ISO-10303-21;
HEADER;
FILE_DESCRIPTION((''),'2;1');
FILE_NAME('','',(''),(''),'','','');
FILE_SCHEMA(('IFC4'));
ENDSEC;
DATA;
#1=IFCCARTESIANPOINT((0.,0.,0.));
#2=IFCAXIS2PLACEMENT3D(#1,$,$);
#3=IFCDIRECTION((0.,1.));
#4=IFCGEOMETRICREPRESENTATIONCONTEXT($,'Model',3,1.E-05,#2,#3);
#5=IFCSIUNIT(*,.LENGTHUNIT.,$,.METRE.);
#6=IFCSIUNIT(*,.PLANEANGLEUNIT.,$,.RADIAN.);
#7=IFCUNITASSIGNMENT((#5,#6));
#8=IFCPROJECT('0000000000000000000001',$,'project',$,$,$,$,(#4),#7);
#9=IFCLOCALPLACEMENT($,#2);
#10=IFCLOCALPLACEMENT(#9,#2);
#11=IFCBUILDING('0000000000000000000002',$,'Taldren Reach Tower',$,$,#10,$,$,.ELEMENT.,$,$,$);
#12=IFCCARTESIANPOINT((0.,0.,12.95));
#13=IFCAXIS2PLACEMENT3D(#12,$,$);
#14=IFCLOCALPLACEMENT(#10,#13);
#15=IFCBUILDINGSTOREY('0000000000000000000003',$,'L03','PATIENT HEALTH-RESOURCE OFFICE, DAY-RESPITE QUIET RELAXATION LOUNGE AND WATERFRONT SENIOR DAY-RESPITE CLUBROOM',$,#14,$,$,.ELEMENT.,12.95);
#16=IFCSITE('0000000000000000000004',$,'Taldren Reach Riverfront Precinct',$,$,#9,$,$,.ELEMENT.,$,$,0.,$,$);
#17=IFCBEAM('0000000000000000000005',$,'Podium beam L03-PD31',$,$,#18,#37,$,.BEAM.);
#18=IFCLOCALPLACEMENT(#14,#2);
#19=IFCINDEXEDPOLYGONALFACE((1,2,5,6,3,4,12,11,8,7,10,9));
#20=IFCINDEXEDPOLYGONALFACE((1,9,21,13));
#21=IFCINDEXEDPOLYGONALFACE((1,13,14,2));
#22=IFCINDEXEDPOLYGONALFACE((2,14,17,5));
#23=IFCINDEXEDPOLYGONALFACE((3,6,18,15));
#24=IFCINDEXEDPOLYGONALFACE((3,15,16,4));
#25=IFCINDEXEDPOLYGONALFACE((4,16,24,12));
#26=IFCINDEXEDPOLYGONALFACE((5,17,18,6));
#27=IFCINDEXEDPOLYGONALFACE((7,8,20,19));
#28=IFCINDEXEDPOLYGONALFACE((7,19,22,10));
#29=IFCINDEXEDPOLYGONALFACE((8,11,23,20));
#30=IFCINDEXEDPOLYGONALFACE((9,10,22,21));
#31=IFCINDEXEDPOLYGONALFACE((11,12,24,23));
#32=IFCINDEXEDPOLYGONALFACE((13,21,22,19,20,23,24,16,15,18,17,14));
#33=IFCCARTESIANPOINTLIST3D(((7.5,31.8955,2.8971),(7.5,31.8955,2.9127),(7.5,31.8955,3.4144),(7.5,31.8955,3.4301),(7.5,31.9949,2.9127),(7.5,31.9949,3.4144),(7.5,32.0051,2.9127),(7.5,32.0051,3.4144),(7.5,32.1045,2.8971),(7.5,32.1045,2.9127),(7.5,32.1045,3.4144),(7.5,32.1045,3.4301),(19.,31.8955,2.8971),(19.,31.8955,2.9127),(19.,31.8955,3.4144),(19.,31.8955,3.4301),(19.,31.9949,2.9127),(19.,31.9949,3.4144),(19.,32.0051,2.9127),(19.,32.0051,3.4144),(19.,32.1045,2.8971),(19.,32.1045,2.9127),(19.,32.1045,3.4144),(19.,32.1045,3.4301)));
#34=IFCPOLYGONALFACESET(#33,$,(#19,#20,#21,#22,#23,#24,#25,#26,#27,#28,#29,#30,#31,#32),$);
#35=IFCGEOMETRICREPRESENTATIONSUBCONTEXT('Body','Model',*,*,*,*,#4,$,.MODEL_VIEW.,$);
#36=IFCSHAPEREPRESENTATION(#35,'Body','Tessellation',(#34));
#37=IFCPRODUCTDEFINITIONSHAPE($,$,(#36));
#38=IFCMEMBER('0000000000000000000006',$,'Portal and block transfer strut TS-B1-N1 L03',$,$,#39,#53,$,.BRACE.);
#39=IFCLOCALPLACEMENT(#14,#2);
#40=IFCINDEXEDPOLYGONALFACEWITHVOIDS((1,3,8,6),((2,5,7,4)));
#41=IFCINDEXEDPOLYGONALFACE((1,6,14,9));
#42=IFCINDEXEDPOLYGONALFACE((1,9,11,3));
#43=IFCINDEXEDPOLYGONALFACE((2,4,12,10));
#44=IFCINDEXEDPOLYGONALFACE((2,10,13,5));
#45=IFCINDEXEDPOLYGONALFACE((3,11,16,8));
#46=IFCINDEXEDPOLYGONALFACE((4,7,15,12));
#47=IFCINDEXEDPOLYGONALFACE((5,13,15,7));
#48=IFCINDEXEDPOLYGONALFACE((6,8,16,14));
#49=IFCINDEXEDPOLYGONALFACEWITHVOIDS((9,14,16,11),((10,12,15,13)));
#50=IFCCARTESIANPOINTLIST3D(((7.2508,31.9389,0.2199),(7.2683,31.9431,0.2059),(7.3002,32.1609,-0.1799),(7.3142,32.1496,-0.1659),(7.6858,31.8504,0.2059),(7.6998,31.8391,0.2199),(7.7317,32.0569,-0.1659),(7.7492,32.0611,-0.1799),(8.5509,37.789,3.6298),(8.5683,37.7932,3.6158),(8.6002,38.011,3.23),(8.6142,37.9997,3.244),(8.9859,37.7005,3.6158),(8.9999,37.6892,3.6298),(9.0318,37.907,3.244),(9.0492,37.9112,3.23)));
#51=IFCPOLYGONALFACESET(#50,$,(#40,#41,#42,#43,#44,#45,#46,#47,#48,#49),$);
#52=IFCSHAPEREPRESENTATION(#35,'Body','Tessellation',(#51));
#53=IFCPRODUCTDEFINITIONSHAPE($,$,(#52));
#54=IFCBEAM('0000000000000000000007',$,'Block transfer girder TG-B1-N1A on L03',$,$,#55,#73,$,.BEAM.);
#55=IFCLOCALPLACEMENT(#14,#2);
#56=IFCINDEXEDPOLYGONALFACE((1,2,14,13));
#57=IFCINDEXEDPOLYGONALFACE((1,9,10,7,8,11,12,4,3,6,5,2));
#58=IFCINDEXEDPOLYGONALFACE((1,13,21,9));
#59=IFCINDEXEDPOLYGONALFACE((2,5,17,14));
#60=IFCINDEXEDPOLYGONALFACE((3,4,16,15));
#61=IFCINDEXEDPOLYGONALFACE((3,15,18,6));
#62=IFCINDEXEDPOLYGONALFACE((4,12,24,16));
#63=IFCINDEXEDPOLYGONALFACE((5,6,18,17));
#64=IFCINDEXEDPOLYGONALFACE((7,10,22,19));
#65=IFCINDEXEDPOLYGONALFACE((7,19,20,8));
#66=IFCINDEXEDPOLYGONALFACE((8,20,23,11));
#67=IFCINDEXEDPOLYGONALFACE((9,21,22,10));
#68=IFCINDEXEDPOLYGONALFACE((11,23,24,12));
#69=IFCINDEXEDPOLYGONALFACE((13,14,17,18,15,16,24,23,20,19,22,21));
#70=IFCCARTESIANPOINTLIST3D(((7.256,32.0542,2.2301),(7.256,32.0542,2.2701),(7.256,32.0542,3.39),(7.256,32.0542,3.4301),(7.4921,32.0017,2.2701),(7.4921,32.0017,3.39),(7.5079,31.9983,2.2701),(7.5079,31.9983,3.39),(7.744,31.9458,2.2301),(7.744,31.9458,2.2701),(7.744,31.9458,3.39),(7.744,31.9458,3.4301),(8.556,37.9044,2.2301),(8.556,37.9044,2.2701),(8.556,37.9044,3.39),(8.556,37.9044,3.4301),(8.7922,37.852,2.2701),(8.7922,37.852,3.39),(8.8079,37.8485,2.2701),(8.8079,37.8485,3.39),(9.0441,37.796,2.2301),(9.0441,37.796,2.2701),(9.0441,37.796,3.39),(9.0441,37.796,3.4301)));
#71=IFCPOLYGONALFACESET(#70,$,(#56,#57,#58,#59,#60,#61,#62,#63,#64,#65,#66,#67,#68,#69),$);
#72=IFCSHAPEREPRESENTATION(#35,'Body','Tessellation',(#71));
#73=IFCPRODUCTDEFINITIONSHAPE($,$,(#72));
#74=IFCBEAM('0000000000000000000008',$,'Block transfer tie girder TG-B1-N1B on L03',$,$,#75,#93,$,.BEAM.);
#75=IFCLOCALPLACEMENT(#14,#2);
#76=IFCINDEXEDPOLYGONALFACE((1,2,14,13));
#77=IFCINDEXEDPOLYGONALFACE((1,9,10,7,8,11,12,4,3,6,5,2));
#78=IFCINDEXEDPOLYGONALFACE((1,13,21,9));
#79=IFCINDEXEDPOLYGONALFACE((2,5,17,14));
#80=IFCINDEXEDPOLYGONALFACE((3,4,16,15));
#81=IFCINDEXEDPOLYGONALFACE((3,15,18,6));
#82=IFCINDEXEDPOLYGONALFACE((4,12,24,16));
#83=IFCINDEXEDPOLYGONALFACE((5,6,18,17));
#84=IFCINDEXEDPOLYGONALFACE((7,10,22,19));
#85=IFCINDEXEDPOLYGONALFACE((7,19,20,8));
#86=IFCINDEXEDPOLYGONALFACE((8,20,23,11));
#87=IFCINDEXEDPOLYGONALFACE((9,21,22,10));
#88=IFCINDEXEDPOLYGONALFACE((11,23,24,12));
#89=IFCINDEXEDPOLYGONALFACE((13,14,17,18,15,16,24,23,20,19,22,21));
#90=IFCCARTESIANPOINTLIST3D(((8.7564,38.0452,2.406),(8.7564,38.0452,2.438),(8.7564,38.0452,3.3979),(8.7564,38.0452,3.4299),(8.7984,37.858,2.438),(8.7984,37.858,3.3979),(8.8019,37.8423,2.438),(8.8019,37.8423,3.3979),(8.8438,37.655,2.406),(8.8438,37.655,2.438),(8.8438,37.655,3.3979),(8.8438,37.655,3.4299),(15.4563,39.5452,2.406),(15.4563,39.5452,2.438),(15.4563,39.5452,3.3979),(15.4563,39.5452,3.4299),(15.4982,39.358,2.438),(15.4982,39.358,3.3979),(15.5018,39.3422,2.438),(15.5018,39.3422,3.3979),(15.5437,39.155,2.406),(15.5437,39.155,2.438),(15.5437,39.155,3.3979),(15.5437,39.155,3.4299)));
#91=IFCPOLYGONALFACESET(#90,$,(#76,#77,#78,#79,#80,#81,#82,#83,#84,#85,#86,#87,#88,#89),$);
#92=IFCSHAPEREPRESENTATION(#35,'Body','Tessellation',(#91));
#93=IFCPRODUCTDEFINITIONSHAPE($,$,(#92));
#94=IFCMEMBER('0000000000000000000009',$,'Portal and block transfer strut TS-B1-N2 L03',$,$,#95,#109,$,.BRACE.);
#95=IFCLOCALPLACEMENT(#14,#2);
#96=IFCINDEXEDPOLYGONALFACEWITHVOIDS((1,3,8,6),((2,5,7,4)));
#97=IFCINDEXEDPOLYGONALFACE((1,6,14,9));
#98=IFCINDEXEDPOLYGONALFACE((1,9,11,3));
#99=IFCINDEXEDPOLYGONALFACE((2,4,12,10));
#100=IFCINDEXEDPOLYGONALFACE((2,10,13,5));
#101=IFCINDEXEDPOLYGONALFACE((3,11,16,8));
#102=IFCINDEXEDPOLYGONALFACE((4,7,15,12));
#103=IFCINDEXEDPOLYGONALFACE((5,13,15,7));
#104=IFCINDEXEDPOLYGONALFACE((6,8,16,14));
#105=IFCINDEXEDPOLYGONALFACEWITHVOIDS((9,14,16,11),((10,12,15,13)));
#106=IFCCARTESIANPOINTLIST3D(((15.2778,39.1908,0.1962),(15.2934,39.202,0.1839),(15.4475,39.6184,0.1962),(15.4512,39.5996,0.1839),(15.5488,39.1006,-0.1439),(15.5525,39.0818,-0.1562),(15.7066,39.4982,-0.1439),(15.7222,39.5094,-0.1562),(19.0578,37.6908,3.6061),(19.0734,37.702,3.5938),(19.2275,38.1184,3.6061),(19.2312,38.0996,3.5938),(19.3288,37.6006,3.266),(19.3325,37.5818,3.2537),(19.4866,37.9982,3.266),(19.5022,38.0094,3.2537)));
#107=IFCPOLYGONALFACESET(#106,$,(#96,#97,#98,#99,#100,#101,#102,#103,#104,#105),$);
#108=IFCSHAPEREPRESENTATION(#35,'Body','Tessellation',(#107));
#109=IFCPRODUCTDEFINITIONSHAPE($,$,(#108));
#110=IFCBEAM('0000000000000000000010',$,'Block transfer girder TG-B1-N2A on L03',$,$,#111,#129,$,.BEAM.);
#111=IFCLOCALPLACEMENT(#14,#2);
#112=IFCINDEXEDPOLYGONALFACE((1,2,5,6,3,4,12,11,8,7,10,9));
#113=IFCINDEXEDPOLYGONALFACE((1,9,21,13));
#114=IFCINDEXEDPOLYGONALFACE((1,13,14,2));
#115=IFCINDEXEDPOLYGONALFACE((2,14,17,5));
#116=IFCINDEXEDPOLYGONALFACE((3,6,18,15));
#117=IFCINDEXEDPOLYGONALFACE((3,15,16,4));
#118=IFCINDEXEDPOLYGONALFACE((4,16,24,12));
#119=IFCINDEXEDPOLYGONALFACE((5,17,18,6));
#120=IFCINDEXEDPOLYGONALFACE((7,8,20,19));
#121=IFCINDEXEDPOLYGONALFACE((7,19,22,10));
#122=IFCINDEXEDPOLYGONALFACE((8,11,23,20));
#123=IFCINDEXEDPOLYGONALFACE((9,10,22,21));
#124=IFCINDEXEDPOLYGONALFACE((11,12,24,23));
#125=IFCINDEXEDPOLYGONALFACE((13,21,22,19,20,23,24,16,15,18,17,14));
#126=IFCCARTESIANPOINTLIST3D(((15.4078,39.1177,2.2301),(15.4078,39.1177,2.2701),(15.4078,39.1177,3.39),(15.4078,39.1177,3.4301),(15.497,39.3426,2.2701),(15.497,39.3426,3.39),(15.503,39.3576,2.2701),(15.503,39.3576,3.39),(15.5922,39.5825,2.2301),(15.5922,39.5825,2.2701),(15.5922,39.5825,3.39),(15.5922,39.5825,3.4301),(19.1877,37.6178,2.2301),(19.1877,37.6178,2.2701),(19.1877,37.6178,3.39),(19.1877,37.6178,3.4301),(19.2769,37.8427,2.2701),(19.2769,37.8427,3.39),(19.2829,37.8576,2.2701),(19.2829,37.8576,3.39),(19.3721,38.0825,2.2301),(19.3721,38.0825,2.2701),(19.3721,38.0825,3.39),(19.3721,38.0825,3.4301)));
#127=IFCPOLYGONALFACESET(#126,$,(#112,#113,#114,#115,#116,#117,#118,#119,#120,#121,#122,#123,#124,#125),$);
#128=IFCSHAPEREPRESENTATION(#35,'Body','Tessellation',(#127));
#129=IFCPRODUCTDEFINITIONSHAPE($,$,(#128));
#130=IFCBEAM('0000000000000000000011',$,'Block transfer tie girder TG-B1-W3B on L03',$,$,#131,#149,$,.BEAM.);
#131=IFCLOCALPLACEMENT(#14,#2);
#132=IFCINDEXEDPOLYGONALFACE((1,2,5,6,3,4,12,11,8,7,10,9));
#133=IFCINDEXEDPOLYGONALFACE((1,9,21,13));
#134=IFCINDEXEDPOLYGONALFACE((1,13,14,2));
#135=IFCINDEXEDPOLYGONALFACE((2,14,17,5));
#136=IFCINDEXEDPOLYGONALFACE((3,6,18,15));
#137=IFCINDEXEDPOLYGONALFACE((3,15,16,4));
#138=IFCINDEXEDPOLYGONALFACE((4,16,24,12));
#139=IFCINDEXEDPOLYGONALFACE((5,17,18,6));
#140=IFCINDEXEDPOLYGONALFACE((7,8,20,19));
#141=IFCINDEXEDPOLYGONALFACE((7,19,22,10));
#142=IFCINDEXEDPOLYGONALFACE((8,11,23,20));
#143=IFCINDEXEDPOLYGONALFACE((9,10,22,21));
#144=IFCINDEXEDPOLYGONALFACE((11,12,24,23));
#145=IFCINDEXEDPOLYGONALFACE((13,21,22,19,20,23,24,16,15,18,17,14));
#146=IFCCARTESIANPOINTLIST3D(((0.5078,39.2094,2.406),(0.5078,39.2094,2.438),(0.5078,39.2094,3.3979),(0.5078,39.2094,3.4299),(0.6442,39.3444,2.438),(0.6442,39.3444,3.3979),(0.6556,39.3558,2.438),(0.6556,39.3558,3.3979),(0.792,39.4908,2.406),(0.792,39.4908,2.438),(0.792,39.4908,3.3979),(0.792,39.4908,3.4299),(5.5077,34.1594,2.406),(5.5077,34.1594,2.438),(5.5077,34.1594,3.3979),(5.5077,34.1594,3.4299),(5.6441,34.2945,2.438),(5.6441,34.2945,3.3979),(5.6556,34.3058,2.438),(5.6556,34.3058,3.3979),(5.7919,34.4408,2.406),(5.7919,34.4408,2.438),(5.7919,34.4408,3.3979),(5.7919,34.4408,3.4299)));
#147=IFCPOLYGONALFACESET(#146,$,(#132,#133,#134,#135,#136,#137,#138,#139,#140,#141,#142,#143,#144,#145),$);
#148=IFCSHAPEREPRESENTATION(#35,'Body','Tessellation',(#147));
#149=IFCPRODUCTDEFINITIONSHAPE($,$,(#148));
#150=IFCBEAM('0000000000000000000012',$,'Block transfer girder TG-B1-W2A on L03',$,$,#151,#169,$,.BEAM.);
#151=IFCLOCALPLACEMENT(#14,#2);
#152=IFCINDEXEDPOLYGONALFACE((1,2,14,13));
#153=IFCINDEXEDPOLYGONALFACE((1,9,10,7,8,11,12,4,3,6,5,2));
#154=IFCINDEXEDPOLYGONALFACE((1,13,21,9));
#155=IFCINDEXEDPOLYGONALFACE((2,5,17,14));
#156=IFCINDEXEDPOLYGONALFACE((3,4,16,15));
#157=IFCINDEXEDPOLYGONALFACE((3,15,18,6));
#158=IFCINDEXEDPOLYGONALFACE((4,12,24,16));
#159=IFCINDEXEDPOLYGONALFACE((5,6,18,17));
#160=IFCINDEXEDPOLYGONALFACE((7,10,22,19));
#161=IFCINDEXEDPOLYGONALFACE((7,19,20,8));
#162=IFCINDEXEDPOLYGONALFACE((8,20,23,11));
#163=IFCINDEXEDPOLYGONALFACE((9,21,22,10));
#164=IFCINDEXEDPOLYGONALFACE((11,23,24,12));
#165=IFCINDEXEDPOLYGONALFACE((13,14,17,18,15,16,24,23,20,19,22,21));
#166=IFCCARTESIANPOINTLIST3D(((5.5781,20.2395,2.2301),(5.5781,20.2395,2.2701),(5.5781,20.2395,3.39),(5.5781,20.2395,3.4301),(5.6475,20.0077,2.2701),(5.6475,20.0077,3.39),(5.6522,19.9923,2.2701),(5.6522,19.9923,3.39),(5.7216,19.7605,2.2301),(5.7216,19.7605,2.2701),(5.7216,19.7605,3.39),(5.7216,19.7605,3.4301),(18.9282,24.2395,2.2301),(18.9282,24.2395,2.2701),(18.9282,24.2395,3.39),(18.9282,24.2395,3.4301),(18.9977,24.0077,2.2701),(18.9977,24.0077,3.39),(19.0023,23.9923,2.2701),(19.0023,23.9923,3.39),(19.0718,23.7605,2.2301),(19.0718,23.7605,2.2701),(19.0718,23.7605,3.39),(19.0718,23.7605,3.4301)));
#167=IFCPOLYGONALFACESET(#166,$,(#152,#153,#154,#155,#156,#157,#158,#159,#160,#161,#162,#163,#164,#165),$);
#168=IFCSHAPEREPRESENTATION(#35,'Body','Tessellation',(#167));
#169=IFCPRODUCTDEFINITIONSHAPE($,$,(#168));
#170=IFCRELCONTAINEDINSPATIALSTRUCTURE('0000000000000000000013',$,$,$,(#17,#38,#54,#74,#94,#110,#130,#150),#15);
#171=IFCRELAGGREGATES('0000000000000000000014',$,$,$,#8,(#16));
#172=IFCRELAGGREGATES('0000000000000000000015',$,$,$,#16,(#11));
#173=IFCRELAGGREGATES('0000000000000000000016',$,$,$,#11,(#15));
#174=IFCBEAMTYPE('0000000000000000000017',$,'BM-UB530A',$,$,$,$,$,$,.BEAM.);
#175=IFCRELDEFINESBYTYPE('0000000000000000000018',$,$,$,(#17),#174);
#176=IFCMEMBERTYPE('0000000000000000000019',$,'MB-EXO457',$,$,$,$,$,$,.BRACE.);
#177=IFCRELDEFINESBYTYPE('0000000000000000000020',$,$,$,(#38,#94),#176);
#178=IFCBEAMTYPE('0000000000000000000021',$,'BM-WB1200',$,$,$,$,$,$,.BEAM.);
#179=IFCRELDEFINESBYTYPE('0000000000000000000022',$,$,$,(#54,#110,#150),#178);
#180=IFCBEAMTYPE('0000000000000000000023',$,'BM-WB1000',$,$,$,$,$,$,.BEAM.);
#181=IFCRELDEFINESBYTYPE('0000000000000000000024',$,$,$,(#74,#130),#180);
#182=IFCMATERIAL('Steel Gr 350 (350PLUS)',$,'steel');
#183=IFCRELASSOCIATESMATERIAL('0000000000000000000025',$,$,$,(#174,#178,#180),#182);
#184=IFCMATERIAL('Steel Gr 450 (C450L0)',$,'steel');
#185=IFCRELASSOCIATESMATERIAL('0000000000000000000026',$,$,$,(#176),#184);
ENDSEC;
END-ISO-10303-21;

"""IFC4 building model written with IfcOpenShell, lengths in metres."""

from ifc_helpers import new_model, si_unit, direction, frame, origin, origin_2d, place, context, subcontext, project, spatial, hollow_rectangle, i_section, extrude, source, transform, mapped, material, material_profile, profile_set, type_object, element, save


model = new_model("IFC4")

# Units and contexts
model_context = context("Model", 3, precision=1e-05, world=origin(), true_north=direction((0.0, 1.0)))
body_context = subcontext(model_context, "Body", "Model", "MODEL_VIEW")
ifc_project = project(units=[si_unit("LENGTHUNIT", "METRE"), si_unit("PLANEANGLEUNIT", "RADIAN")], contexts=[model_context])

# Site, building, storey
site_placement = place(None, origin())
site = spatial("IfcSite", under=ifc_project, at=site_placement, Name="Taldren Reach Riverfront Precinct", CompositionType="ELEMENT", RefElevation=0.0)
building_placement = place(site_placement, origin())
building = spatial("IfcBuilding", under=site, at=building_placement, Name="Taldren Reach Tower", CompositionType="ELEMENT")
storey_placement = place(building_placement, frame((0.0, 0.0, 12.95)))
storey = spatial("IfcBuildingStorey", under=building, at=storey_placement, Name="L03", Description="PATIENT HEALTH-RESOURCE OFFICE, DAY-RESPITE QUIET RELAXATION LOUNGE AND WATERFRONT SENIOR DAY-RESPITE CLUBROOM", CompositionType="ELEMENT", Elevation=12.95)

# Shared definitions
ifc_material_1 = material(Name="Steel Gr 350 (350PLUS)", Category="steel")

# Beam
ifc_material_profile_1 = material_profile(ifc_material_1, i_section(OverallWidth=0.209, OverallDepth=0.533, WebThickness=0.0103, FlangeThickness=0.0156, at=origin_2d()), Name="530UB92.4")
ifc_profile_set_1 = profile_set([ifc_material_profile_1], Name="Steel Gr 350 (350PLUS)")
beam_type_1 = type_object("IfcBeamType", Name="BM-UB530A", PredefinedType="BEAM", material=ifc_profile_set_1)
shared_shape_1 = source(origin(), body_context, "Body", "SweptSolid", [
    extrude(i_section(OverallWidth=0.209, OverallDepth=0.533, WebThickness=0.0103, FlangeThickness=0.0156, at=origin_2d()), origin(), (0.0, 0.0, 1.0), 11.5),
])
beam_1_placement = place(storey_placement, frame((7.5, 32.0, 3.1636), z_axis=(1.0, 0.0, 0.0), x_axis=(0.0, 1.0, 0.0)))
element("IfcBeam", 1, at=beam_1_placement, inside=storey, type_object=beam_type_1, Name="Podium beam L03-PD31", PredefinedType="BEAM", context=body_context, shape_type="MappedRepresentation", body=[
    mapped(shared_shape_1, transform((0.0, 0.0, 0.0), scale=1.0)),
])

# Member
ifc_material_2 = material(Name="Steel Gr 450 (C450L0)", Category="steel")
ifc_material_profile_2 = material_profile(ifc_material_2, hollow_rectangle(XDim=0.46, YDim=0.46, WallThickness=0.0161, at=origin_2d()), Name="460x460x16.0SHS")
ifc_profile_set_2 = profile_set([ifc_material_profile_2], Name="Steel Gr 450 (C450L0)")
member_type = type_object("IfcMemberType", Name="MB-EXO457", PredefinedType="BRACE", material=ifc_profile_set_2)
shared_shape_2 = source(origin(), body_context, "Body", "SweptSolid", [
    extrude(hollow_rectangle(XDim=0.46, YDim=0.46, WallThickness=0.0161, at=origin_2d()), origin(), (0.0, 0.0, 1.0), 6.895),
])
member_1_placement = place(storey_placement, frame((7.5, 32.0, 0.02), z_axis=(0.188549, 0.848453, 0.494547), x_axis=(-0.976186, 0.216935, 0.0)))
element("IfcMember", 2, at=member_1_placement, inside=storey, type_object=member_type, Name="Portal and block transfer strut TS-B1-N1 L03", PredefinedType="BRACE", context=body_context, shape_type="MappedRepresentation", body=[
    mapped(shared_shape_2, transform((0.0, 0.0, 0.0), scale=1.0)),
])

# Beams
ifc_material_profile_3 = material_profile(ifc_material_1, i_section(OverallWidth=0.5, OverallDepth=1.2, WebThickness=0.0161, FlangeThickness=0.04, at=origin_2d()), Name="1200WB455")
ifc_profile_set_3 = profile_set([ifc_material_profile_3], Name="Steel Gr 350 (350PLUS)")
beam_type_2 = type_object("IfcBeamType", Name="BM-WB1200", PredefinedType="BEAM", material=ifc_profile_set_3)
shared_shape_3 = source(origin(), body_context, "Body", "SweptSolid", [
    extrude(i_section(OverallWidth=0.5, OverallDepth=1.2, WebThickness=0.0161, FlangeThickness=0.04, at=origin_2d()), origin(), (0.0, 0.0, 1.0), 5.9929),
])
beam_2_placement = place(storey_placement, frame((7.5, 32.0, 2.8301), z_axis=(0.216935, 0.976186, 0.0), x_axis=(-0.976186, 0.216935, 0.0)))
element("IfcBeam", 3, at=beam_2_placement, inside=storey, type_object=beam_type_2, Name="Block transfer girder TG-B1-N1A on L03", PredefinedType="BEAM", context=body_context, shape_type="MappedRepresentation", body=[
    mapped(shared_shape_3, transform((0.0, 0.0, 0.0), scale=1.0)),
])
ifc_material_profile_4 = material_profile(ifc_material_1, i_section(OverallWidth=0.3999, OverallDepth=1.0239, WebThickness=0.0161, FlangeThickness=0.032, at=origin_2d()), Name="1000WB322")
ifc_profile_set_4 = profile_set([ifc_material_profile_4], Name="Steel Gr 350 (350PLUS)")
beam_type_3 = type_object("IfcBeamType", Name="BM-WB1000", PredefinedType="BEAM", material=ifc_profile_set_4)
shared_shape_4 = source(origin(), body_context, "Body", "SweptSolid", [
    extrude(i_section(OverallWidth=0.3999, OverallDepth=1.0239, WebThickness=0.0161, FlangeThickness=0.032, at=origin_2d()), origin(), (0.0, 0.0, 1.0), 6.8657),
])
beam_3_placement = place(storey_placement, frame((15.5, 39.3501, 2.918), z_axis=(-0.975843, -0.218474, 0.0), x_axis=(0.218474, -0.975843, 0.0)))
element("IfcBeam", 4, at=beam_3_placement, inside=storey, type_object=beam_type_3, Name="Block transfer tie girder TG-B1-N1B on L03", PredefinedType="BEAM", context=body_context, shape_type="MappedRepresentation", body=[
    mapped(shared_shape_4, transform((0.0, 0.0, 0.0), scale=1.0)),
])

# Member
shared_shape_5 = source(origin(), body_context, "Body", "SweptSolid", [
    extrude(hollow_rectangle(XDim=0.46, YDim=0.46, WallThickness=0.0161, at=origin_2d()), origin(), (0.0, 0.0, 1.0), 5.3071),
])
member_2_placement = place(storey_placement, frame((15.5, 39.3501, 0.02), z_axis=(0.712249, -0.282636, 0.64251), x_axis=(0.368843, 0.929492, 0.0)))
element("IfcMember", 5, at=member_2_placement, inside=storey, type_object=member_type, Name="Portal and block transfer strut TS-B1-N2 L03", PredefinedType="BRACE", context=body_context, shape_type="MappedRepresentation", body=[
    mapped(shared_shape_5, transform((0.0, 0.0, 0.0), scale=1.0)),
])

# Beams
shared_shape_6 = source(origin(), body_context, "Body", "SweptSolid", [
    extrude(i_section(OverallWidth=0.5, OverallDepth=1.2, WebThickness=0.0161, FlangeThickness=0.04, at=origin_2d()), origin(), (0.0, 0.0, 1.0), 4.0667),
])
beam_4_placement = place(storey_placement, frame((15.5, 39.3501, 2.8301), z_axis=(0.929492, -0.368843, 0.0), x_axis=(0.368843, 0.929492, 0.0)))
element("IfcBeam", 6, at=beam_4_placement, inside=storey, type_object=beam_type_2, Name="Block transfer girder TG-B1-N2A on L03", PredefinedType="BEAM", context=body_context, shape_type="MappedRepresentation", body=[
    mapped(shared_shape_6, transform((0.0, 0.0, 0.0), scale=1.0)),
])
shared_shape_7 = source(origin(), body_context, "Body", "SweptSolid", [
    extrude(i_section(OverallWidth=0.3999, OverallDepth=1.0239, WebThickness=0.0161, FlangeThickness=0.032, at=origin_2d()), origin(), (0.0, 0.0, 1.0), 7.1064),
])
beam_5_placement = place(storey_placement, frame((0.6499, 39.3501, 2.918), z_axis=(0.703577, -0.710619, 0.0), x_axis=(0.710619, 0.703577, 0.0)))
element("IfcBeam", 7, at=beam_5_placement, inside=storey, type_object=beam_type_3, Name="Block transfer tie girder TG-B1-W3B on L03", PredefinedType="BEAM", context=body_context, shape_type="MappedRepresentation", body=[
    mapped(shared_shape_7, transform((0.0, 0.0, 0.0), scale=1.0)),
])
shared_shape_8 = source(origin(), body_context, "Body", "SweptSolid", [
    extrude(i_section(OverallWidth=0.5, OverallDepth=1.2, WebThickness=0.0161, FlangeThickness=0.04, at=origin_2d()), origin(), (0.0, 0.0, 1.0), 13.9365),
])
beam_6_placement = place(storey_placement, frame((19.0, 24.0, 2.8301), z_axis=(-0.957926, -0.287017, 0.0), x_axis=(0.287017, -0.957926, 0.0)))
element("IfcBeam", 8, at=beam_6_placement, inside=storey, type_object=beam_type_2, Name="Block transfer girder TG-B1-W2A on L03", PredefinedType="BEAM", context=body_context, shape_type="MappedRepresentation", body=[
    mapped(shared_shape_8, transform((0.0, 0.0, 0.0), scale=1.0)),
])

save(model, "model.ifc")
